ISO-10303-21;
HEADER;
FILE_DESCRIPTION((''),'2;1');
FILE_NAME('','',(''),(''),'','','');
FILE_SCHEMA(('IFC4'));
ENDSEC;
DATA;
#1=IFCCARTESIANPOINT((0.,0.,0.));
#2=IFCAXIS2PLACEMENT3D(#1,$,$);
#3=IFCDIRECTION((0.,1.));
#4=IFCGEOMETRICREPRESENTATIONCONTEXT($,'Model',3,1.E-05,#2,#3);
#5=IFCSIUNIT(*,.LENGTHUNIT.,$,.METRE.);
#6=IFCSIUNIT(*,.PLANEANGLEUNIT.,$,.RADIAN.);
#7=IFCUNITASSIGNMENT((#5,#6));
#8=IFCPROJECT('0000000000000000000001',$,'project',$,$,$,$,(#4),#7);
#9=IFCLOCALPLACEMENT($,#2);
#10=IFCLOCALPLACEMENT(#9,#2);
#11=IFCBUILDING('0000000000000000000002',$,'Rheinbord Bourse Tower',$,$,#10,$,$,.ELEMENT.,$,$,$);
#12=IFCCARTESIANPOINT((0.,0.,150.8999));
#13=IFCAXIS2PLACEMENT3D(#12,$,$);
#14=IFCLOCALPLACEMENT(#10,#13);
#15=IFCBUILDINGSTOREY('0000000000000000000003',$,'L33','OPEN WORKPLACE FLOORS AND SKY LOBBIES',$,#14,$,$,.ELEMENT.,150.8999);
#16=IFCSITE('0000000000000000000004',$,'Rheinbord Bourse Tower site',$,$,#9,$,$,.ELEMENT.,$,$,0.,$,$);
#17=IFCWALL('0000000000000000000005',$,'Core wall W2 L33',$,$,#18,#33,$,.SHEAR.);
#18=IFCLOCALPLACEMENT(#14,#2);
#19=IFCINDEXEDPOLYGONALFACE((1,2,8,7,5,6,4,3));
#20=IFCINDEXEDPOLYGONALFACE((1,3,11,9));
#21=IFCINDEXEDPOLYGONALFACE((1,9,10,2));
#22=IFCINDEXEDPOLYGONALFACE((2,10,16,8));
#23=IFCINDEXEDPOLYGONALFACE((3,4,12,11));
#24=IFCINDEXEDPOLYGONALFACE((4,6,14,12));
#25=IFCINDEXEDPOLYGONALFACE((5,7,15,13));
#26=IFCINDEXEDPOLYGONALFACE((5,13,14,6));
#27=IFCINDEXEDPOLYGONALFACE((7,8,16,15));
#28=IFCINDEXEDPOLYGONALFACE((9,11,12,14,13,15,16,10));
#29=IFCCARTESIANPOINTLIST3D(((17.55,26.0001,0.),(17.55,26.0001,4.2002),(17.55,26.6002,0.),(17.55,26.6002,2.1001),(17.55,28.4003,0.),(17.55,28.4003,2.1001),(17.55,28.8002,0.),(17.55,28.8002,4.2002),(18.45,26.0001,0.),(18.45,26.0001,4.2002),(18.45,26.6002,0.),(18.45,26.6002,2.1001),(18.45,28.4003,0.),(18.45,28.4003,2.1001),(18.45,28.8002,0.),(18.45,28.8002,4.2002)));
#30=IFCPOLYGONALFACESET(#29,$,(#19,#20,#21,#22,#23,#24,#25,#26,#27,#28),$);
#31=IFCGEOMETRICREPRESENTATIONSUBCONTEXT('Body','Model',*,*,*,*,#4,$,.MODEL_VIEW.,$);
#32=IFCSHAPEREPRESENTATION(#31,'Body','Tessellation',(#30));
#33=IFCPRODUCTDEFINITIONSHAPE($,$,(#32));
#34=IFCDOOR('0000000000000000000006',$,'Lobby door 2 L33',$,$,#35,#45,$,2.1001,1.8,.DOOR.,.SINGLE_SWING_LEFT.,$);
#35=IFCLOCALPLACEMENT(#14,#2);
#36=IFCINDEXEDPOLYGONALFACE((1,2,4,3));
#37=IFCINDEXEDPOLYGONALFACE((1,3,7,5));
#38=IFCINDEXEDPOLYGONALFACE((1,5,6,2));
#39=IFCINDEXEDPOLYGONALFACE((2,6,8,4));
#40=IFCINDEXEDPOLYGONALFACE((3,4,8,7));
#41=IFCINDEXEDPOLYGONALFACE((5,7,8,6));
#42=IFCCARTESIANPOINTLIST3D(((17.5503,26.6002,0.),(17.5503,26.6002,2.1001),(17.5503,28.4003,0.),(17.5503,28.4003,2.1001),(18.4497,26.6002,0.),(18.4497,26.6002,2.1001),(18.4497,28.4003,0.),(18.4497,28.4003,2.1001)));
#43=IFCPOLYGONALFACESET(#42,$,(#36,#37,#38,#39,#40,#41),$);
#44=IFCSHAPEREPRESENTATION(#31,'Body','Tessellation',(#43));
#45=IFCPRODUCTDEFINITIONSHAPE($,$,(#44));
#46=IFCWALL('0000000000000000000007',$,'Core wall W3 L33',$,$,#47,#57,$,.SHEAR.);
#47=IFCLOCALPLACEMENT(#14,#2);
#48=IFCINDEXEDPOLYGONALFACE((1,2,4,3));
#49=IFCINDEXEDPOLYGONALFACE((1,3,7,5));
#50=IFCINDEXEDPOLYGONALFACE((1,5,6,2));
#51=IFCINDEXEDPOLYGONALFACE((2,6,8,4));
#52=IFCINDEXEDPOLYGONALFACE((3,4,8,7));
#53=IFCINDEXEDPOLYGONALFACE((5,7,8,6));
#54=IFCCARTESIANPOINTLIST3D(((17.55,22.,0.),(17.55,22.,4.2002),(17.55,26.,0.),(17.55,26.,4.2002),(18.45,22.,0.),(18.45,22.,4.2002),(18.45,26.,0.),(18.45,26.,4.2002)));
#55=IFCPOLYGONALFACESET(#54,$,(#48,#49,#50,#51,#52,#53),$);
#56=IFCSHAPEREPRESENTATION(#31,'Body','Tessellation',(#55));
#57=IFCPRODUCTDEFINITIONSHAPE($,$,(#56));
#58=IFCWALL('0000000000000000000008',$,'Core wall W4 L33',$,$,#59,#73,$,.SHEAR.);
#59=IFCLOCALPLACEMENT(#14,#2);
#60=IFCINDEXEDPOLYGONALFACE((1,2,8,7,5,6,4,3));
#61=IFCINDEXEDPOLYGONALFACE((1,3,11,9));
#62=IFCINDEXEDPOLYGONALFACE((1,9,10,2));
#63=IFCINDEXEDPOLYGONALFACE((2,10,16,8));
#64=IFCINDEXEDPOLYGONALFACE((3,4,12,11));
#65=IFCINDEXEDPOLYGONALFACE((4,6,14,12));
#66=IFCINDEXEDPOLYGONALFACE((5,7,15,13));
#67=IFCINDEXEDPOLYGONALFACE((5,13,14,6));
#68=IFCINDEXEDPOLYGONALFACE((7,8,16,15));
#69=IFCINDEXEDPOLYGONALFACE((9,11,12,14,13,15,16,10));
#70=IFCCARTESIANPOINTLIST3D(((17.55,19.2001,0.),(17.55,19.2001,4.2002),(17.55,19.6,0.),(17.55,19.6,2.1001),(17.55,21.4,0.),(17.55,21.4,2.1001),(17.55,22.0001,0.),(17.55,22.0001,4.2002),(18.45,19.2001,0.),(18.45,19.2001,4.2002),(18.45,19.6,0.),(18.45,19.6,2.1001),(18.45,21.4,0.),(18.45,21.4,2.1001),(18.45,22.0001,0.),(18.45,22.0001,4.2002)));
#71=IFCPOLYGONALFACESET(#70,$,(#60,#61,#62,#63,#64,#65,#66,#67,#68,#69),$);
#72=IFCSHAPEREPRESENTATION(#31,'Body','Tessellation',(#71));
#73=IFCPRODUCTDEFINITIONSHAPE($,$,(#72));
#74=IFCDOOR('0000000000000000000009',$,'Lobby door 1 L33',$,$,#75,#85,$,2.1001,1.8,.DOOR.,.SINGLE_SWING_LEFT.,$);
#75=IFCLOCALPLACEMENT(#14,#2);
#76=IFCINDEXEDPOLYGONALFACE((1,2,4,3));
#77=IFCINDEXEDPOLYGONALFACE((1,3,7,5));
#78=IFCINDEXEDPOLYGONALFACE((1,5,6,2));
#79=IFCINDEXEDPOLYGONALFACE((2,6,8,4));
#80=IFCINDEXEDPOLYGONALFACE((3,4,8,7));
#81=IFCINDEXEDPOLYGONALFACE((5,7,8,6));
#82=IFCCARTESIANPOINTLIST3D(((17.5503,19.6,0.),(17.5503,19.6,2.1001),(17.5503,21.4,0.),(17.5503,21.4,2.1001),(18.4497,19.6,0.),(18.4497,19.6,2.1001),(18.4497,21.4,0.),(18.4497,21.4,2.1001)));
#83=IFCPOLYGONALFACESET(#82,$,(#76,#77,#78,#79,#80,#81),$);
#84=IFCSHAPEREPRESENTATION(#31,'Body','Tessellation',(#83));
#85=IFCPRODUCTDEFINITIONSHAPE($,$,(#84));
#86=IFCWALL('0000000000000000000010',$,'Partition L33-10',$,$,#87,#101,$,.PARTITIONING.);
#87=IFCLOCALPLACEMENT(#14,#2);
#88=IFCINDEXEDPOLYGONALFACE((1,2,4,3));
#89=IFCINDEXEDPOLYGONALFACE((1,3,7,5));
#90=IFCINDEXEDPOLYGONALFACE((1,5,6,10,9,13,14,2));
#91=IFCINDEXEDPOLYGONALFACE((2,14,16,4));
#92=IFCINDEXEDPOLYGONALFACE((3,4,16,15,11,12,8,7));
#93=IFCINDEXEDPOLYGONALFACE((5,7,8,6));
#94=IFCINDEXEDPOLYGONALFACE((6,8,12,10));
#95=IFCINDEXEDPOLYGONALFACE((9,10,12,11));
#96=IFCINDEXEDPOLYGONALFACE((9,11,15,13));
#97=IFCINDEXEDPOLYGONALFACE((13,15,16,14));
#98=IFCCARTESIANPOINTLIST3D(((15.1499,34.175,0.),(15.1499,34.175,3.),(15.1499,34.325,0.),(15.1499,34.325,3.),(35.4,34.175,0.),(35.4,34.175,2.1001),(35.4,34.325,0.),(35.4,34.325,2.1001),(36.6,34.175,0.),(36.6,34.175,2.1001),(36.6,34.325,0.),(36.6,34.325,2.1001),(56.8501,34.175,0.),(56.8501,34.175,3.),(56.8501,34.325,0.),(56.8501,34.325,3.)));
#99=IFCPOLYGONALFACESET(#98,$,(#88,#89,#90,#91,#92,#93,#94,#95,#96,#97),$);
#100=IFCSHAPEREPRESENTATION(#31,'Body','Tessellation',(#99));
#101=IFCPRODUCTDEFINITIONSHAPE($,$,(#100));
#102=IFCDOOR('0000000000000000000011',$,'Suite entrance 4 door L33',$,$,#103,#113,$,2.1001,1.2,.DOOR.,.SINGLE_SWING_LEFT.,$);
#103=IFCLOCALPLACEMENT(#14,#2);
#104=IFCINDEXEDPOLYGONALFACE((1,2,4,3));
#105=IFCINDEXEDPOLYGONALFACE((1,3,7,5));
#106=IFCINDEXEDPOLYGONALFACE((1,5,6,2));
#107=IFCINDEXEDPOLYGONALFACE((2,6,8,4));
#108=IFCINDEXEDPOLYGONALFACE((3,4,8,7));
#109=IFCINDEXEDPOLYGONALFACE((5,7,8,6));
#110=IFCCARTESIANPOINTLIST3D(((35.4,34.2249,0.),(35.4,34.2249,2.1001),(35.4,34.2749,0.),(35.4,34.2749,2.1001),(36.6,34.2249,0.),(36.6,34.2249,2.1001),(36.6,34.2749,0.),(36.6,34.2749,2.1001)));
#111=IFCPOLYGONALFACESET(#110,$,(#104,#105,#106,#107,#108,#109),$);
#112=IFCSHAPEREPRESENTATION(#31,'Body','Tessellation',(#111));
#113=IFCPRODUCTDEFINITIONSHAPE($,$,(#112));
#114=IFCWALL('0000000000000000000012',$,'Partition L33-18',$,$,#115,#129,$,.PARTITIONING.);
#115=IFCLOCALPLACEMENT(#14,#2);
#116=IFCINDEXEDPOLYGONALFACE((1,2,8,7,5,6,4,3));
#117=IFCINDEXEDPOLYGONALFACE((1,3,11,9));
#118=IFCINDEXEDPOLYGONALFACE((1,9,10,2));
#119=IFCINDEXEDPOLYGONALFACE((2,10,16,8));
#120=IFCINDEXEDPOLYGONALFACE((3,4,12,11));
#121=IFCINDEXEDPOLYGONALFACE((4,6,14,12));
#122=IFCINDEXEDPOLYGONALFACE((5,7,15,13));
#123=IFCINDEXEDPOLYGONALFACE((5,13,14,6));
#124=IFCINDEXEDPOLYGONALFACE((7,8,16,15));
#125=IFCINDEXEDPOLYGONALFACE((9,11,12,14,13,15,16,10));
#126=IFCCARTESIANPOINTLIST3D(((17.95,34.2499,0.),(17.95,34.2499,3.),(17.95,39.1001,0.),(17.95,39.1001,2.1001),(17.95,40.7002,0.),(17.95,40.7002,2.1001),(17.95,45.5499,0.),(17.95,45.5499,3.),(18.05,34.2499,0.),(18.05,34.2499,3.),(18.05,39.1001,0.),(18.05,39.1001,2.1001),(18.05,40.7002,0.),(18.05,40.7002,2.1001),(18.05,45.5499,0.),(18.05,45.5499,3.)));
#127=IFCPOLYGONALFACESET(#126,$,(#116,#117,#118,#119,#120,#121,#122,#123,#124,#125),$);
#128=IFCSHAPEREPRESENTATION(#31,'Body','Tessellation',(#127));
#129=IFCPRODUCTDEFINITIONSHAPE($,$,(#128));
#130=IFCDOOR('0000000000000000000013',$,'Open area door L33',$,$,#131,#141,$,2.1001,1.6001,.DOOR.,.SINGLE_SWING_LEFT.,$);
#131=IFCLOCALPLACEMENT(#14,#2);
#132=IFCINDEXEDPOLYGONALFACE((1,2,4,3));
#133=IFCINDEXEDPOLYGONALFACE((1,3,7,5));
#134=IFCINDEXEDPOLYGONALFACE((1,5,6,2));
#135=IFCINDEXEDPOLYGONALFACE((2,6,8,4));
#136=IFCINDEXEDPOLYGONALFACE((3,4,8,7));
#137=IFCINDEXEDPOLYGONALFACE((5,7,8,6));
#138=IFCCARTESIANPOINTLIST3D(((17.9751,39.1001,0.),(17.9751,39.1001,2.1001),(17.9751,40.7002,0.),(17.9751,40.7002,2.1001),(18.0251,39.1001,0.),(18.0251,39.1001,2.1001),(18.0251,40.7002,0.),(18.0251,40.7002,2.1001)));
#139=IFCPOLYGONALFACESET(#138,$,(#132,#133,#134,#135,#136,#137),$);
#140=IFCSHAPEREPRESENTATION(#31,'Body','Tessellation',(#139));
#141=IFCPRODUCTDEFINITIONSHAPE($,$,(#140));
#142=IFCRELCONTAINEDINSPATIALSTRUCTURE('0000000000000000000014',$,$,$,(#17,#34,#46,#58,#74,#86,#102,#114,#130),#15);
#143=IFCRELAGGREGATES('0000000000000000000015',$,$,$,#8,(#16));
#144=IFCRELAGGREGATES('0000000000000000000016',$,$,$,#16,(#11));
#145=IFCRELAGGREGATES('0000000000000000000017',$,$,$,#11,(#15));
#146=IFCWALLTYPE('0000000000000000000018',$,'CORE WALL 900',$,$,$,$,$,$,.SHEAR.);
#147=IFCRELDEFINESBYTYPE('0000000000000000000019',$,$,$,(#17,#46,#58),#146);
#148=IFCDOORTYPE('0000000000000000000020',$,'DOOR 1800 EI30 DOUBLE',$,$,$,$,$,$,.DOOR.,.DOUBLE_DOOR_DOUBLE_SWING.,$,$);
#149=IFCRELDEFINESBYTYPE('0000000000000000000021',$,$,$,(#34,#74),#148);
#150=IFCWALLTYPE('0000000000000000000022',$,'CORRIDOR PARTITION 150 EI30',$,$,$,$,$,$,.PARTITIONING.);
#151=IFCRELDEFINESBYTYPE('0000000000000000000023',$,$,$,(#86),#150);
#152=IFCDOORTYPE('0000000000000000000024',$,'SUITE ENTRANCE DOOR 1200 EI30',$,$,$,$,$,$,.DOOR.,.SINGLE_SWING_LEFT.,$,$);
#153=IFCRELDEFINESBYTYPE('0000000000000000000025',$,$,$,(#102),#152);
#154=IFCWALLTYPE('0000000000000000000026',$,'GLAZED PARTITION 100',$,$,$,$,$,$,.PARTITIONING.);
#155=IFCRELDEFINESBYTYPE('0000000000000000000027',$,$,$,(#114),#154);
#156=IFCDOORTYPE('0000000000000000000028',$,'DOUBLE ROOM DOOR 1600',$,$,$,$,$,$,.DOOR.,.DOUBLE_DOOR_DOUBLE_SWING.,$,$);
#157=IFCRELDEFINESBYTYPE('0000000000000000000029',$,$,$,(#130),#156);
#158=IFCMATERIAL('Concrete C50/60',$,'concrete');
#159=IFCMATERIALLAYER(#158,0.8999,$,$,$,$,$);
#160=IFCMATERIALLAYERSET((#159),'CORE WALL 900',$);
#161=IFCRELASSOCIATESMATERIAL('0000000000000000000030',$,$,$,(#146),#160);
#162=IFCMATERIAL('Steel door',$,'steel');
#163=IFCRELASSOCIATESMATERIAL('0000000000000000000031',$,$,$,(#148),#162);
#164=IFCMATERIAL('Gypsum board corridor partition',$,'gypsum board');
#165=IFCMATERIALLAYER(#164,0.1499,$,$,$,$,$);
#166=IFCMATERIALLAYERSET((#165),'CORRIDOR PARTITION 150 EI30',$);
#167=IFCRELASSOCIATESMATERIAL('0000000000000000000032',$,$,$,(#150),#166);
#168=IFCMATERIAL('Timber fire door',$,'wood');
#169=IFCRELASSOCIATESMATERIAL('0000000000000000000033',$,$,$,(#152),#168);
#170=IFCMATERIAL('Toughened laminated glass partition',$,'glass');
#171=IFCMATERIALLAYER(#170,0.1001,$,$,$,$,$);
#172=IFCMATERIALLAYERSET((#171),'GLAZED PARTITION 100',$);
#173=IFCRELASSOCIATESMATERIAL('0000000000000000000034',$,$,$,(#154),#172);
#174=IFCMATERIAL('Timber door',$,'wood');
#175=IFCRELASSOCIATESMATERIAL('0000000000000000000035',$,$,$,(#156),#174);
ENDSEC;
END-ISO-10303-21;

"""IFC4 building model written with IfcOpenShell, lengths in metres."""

from ifc_helpers import new_model, si_unit, direction, frame, frame_2d, origin, place, context, subcontext, project, spatial, rectangle, extrude, material, layer, layer_set, type_object, element, fill, save


model = new_model("IFC4")

# Units and contexts
model_context = context("Model", 3, precision=1e-05, world=origin(), true_north=direction((0.0, 1.0)))
body_context = subcontext(model_context, "Body", "Model", "MODEL_VIEW")
ifc_project = project(units=[si_unit("LENGTHUNIT", "METRE"), si_unit("PLANEANGLEUNIT", "RADIAN")], contexts=[model_context])

# Site, building, storey
site_placement = place(None, origin())
site = spatial("IfcSite", under=ifc_project, at=site_placement, Name="Rheinbord Bourse Tower site", CompositionType="ELEMENT", RefElevation=0.0)
building_placement = place(site_placement, origin())
building = spatial("IfcBuilding", under=site, at=building_placement, Name="Rheinbord Bourse Tower", CompositionType="ELEMENT")
storey_placement = place(building_placement, frame((0.0, 0.0, 150.8999)))
storey = spatial("IfcBuildingStorey", under=building, at=storey_placement, Name="L33", Description="OPEN WORKPLACE FLOORS AND SKY LOBBIES", CompositionType="ELEMENT", Elevation=150.8999)

# Shared definitions
ifc_material_1 = material(Name="Concrete C50/60", Category="concrete")
ifc_layer_1 = layer(ifc_material_1, 0.8999)
ifc_layer_set_1 = layer_set([ifc_layer_1], Name="CORE WALL 900")
wall_type_1 = type_object("IfcWallType", Name="CORE WALL 900", PredefinedType="SHEAR", material=ifc_layer_set_1)

# Wall, opening, door
wall_1_placement = place(storey_placement, frame((18.0, 28.8, 0.0), z_axis=(0.0, 0.0, 1.0), x_axis=(0.0, -1.0, 0.0)))
wall_1 = element("IfcWall", 1, at=wall_1_placement, inside=storey, type_object=wall_type_1, Name="Core wall W2 L33", PredefinedType="SHEAR", context=body_context, shape_type="SweptSolid", body=[
    extrude(rectangle(XDim=2.8, YDim=0.8999, at=frame_2d((1.3999, 0.0))), origin(), (0.0, 0.0, 1.0), 4.2002),
])
opening_1_placement = place(wall_1_placement, frame((0.3999, 0.0, 0.0)))
opening_1 = element("IfcOpeningElement", 2, at=opening_1_placement, cuts=wall_1, PredefinedType="OPENING", context=body_context, shape_type="SweptSolid", body=[
    extrude(rectangle(XDim=1.8, YDim=2.1001, at=frame_2d((0.8999, 1.05))), frame((0.0, 0.46, 0.0), z_axis=(0.0, -1.0, 0.0), x_axis=(1.0, 0.0, 0.0)), (0.0, 0.0, 1.0), 0.9199),
])
ifc_material_2 = material(Name="Steel door", Category="steel")
door_type_1 = type_object("IfcDoorType", Name="DOOR 1800 EI30 DOUBLE", OperationType="DOUBLE_DOOR_DOUBLE_SWING", PredefinedType="DOOR", material=ifc_material_2)
door_1_placement = place(opening_1_placement, origin())
door_1 = element("IfcDoor", 3, at=door_1_placement, inside=storey, type_object=door_type_1, Name="Lobby door 2 L33", OperationType="SINGLE_SWING_LEFT", OverallHeight=2.1001, OverallWidth=1.8, PredefinedType="DOOR", context=body_context, shape_type="SweptSolid", body=[
    extrude(rectangle(XDim=1.8, YDim=2.1001, at=frame_2d((0.8999, 1.05))), frame((0.0, 0.4497, 0.0), z_axis=(0.0, -1.0, 0.0), x_axis=(1.0, 0.0, 0.0)), (0.0, 0.0, 1.0), 0.8994),
])
fill(opening_1, door_1)

# Wall
wall_2_placement = place(storey_placement, frame((18.0, 26.0, 0.0), z_axis=(0.0, 0.0, 1.0), x_axis=(0.0, -1.0, 0.0)))
element("IfcWall", 4, at=wall_2_placement, inside=storey, type_object=wall_type_1, Name="Core wall W3 L33", PredefinedType="SHEAR", context=body_context, shape_type="SweptSolid", body=[
    extrude(rectangle(XDim=4.0, YDim=0.8999, at=frame_2d((2.0, 0.0))), origin(), (0.0, 0.0, 1.0), 4.2002),
])

# Walls, openings, doors
wall_3_placement = place(storey_placement, frame((18.0, 22.0, 0.0), z_axis=(0.0, 0.0, 1.0), x_axis=(0.0, -1.0, 0.0)))
wall_3 = element("IfcWall", 5, at=wall_3_placement, inside=storey, type_object=wall_type_1, Name="Core wall W4 L33", PredefinedType="SHEAR", context=body_context, shape_type="SweptSolid", body=[
    extrude(rectangle(XDim=2.8, YDim=0.8999, at=frame_2d((1.3999, 0.0))), origin(), (0.0, 0.0, 1.0), 4.2002),
])
opening_2_placement = place(wall_3_placement, frame((0.6001, 0.0, 0.0)))
opening_2 = element("IfcOpeningElement", 6, at=opening_2_placement, cuts=wall_3, PredefinedType="OPENING", context=body_context, shape_type="SweptSolid", body=[
    extrude(rectangle(XDim=1.8, YDim=2.1001, at=frame_2d((0.8999, 1.05))), frame((0.0, 0.46, 0.0), z_axis=(0.0, -1.0, 0.0), x_axis=(1.0, 0.0, 0.0)), (0.0, 0.0, 1.0), 0.9199),
])
door_2_placement = place(opening_2_placement, origin())
door_2 = element("IfcDoor", 7, at=door_2_placement, inside=storey, type_object=door_type_1, Name="Lobby door 1 L33", OperationType="SINGLE_SWING_LEFT", OverallHeight=2.1001, OverallWidth=1.8, PredefinedType="DOOR", context=body_context, shape_type="SweptSolid", body=[
    extrude(rectangle(XDim=1.8, YDim=2.1001, at=frame_2d((0.8999, 1.05))), frame((0.0, 0.4497, 0.0), z_axis=(0.0, -1.0, 0.0), x_axis=(1.0, 0.0, 0.0)), (0.0, 0.0, 1.0), 0.8994),
])
fill(opening_2, door_2)
ifc_material_3 = material(Name="Gypsum board corridor partition", Category="gypsum board")
ifc_layer_2 = layer(ifc_material_3, 0.1499)
ifc_layer_set_2 = layer_set([ifc_layer_2], Name="CORRIDOR PARTITION 150 EI30")
wall_type_2 = type_object("IfcWallType", Name="CORRIDOR PARTITION 150 EI30", PredefinedType="PARTITIONING", material=ifc_layer_set_2)
wall_4_placement = place(storey_placement, frame((15.1499, 34.25, 0.0), z_axis=(0.0, 0.0, 1.0), x_axis=(1.0, 0.0, 0.0)))
wall_4 = element("IfcWall", 8, at=wall_4_placement, inside=storey, type_object=wall_type_2, Name="Partition L33-10", PredefinedType="PARTITIONING", context=body_context, shape_type="SweptSolid", body=[
    extrude(rectangle(XDim=41.7002, YDim=0.1499, at=frame_2d((20.8501, 0.0))), origin(), (0.0, 0.0, 1.0), 3.0),
])
opening_3_placement = place(wall_4_placement, frame((20.25, 0.0, 0.0)))
opening_3 = element("IfcOpeningElement", 9, at=opening_3_placement, cuts=wall_4, PredefinedType="OPENING", context=body_context, shape_type="SweptSolid", body=[
    extrude(rectangle(XDim=1.2, YDim=2.1001, at=frame_2d((0.6001, 1.05))), frame((0.0, 0.085, 0.0), z_axis=(0.0, -1.0, 0.0), x_axis=(1.0, 0.0, 0.0)), (0.0, 0.0, 1.0), 0.1699),
])
ifc_material_4 = material(Name="Timber fire door", Category="wood")
door_type_2 = type_object("IfcDoorType", Name="SUITE ENTRANCE DOOR 1200 EI30", OperationType="SINGLE_SWING_LEFT", PredefinedType="DOOR", material=ifc_material_4)
door_3_placement = place(opening_3_placement, origin())
door_3 = element("IfcDoor", 10, at=door_3_placement, inside=storey, type_object=door_type_2, Name="Suite entrance 4 door L33", OperationType="SINGLE_SWING_LEFT", OverallHeight=2.1001, OverallWidth=1.2, PredefinedType="DOOR", context=body_context, shape_type="SweptSolid", body=[
    extrude(rectangle(XDim=1.2, YDim=2.1001, at=frame_2d((0.6001, 1.05))), frame((0.0, 0.0249, 0.0), z_axis=(0.0, -1.0, 0.0), x_axis=(1.0, 0.0, 0.0)), (0.0, 0.0, 1.0), 0.05),
])
fill(opening_3, door_3)
ifc_material_5 = material(Name="Toughened laminated glass partition", Category="glass")
ifc_layer_3 = layer(ifc_material_5, 0.1001)
ifc_layer_set_3 = layer_set([ifc_layer_3], Name="GLAZED PARTITION 100")
wall_type_3 = type_object("IfcWallType", Name="GLAZED PARTITION 100", PredefinedType="PARTITIONING", material=ifc_layer_set_3)
wall_5_placement = place(storey_placement, frame((18.0, 34.25, 0.0), z_axis=(0.0, 0.0, 1.0), x_axis=(0.0, 1.0, 0.0)))
wall_5 = element("IfcWall", 11, at=wall_5_placement, inside=storey, type_object=wall_type_3, Name="Partition L33-18", PredefinedType="PARTITIONING", context=body_context, shape_type="SweptSolid", body=[
    extrude(rectangle(XDim=11.3, YDim=0.1001, at=frame_2d((5.6499, 0.0))), origin(), (0.0, 0.0, 1.0), 3.0),
])
opening_4_placement = place(wall_5_placement, frame((4.8501, 0.0, 0.0)))
opening_4 = element("IfcOpeningElement", 12, at=opening_4_placement, cuts=wall_5, PredefinedType="OPENING", context=body_context, shape_type="SweptSolid", body=[
    extrude(rectangle(XDim=1.6001, YDim=2.1001, at=frame_2d((0.8, 1.05))), frame((0.0, 0.0601, 0.0), z_axis=(0.0, -1.0, 0.0), x_axis=(1.0, 0.0, 0.0)), (0.0, 0.0, 1.0), 0.1201),
])
ifc_material_6 = material(Name="Timber door", Category="wood")
door_type_3 = type_object("IfcDoorType", Name="DOUBLE ROOM DOOR 1600", OperationType="DOUBLE_DOOR_DOUBLE_SWING", PredefinedType="DOOR", material=ifc_material_6)
door_4_placement = place(opening_4_placement, origin())
door_4 = element("IfcDoor", 13, at=door_4_placement, inside=storey, type_object=door_type_3, Name="Open area door L33", OperationType="SINGLE_SWING_LEFT", OverallHeight=2.1001, OverallWidth=1.6001, PredefinedType="DOOR", context=body_context, shape_type="SweptSolid", body=[
    extrude(rectangle(XDim=1.6001, YDim=2.1001, at=frame_2d((0.8, 1.05))), frame((0.0, 0.0249, 0.0), z_axis=(0.0, -1.0, 0.0), x_axis=(1.0, 0.0, 0.0)), (0.0, 0.0, 1.0), 0.05),
])
fill(opening_4, door_4)

save(model, "model.ifc")
